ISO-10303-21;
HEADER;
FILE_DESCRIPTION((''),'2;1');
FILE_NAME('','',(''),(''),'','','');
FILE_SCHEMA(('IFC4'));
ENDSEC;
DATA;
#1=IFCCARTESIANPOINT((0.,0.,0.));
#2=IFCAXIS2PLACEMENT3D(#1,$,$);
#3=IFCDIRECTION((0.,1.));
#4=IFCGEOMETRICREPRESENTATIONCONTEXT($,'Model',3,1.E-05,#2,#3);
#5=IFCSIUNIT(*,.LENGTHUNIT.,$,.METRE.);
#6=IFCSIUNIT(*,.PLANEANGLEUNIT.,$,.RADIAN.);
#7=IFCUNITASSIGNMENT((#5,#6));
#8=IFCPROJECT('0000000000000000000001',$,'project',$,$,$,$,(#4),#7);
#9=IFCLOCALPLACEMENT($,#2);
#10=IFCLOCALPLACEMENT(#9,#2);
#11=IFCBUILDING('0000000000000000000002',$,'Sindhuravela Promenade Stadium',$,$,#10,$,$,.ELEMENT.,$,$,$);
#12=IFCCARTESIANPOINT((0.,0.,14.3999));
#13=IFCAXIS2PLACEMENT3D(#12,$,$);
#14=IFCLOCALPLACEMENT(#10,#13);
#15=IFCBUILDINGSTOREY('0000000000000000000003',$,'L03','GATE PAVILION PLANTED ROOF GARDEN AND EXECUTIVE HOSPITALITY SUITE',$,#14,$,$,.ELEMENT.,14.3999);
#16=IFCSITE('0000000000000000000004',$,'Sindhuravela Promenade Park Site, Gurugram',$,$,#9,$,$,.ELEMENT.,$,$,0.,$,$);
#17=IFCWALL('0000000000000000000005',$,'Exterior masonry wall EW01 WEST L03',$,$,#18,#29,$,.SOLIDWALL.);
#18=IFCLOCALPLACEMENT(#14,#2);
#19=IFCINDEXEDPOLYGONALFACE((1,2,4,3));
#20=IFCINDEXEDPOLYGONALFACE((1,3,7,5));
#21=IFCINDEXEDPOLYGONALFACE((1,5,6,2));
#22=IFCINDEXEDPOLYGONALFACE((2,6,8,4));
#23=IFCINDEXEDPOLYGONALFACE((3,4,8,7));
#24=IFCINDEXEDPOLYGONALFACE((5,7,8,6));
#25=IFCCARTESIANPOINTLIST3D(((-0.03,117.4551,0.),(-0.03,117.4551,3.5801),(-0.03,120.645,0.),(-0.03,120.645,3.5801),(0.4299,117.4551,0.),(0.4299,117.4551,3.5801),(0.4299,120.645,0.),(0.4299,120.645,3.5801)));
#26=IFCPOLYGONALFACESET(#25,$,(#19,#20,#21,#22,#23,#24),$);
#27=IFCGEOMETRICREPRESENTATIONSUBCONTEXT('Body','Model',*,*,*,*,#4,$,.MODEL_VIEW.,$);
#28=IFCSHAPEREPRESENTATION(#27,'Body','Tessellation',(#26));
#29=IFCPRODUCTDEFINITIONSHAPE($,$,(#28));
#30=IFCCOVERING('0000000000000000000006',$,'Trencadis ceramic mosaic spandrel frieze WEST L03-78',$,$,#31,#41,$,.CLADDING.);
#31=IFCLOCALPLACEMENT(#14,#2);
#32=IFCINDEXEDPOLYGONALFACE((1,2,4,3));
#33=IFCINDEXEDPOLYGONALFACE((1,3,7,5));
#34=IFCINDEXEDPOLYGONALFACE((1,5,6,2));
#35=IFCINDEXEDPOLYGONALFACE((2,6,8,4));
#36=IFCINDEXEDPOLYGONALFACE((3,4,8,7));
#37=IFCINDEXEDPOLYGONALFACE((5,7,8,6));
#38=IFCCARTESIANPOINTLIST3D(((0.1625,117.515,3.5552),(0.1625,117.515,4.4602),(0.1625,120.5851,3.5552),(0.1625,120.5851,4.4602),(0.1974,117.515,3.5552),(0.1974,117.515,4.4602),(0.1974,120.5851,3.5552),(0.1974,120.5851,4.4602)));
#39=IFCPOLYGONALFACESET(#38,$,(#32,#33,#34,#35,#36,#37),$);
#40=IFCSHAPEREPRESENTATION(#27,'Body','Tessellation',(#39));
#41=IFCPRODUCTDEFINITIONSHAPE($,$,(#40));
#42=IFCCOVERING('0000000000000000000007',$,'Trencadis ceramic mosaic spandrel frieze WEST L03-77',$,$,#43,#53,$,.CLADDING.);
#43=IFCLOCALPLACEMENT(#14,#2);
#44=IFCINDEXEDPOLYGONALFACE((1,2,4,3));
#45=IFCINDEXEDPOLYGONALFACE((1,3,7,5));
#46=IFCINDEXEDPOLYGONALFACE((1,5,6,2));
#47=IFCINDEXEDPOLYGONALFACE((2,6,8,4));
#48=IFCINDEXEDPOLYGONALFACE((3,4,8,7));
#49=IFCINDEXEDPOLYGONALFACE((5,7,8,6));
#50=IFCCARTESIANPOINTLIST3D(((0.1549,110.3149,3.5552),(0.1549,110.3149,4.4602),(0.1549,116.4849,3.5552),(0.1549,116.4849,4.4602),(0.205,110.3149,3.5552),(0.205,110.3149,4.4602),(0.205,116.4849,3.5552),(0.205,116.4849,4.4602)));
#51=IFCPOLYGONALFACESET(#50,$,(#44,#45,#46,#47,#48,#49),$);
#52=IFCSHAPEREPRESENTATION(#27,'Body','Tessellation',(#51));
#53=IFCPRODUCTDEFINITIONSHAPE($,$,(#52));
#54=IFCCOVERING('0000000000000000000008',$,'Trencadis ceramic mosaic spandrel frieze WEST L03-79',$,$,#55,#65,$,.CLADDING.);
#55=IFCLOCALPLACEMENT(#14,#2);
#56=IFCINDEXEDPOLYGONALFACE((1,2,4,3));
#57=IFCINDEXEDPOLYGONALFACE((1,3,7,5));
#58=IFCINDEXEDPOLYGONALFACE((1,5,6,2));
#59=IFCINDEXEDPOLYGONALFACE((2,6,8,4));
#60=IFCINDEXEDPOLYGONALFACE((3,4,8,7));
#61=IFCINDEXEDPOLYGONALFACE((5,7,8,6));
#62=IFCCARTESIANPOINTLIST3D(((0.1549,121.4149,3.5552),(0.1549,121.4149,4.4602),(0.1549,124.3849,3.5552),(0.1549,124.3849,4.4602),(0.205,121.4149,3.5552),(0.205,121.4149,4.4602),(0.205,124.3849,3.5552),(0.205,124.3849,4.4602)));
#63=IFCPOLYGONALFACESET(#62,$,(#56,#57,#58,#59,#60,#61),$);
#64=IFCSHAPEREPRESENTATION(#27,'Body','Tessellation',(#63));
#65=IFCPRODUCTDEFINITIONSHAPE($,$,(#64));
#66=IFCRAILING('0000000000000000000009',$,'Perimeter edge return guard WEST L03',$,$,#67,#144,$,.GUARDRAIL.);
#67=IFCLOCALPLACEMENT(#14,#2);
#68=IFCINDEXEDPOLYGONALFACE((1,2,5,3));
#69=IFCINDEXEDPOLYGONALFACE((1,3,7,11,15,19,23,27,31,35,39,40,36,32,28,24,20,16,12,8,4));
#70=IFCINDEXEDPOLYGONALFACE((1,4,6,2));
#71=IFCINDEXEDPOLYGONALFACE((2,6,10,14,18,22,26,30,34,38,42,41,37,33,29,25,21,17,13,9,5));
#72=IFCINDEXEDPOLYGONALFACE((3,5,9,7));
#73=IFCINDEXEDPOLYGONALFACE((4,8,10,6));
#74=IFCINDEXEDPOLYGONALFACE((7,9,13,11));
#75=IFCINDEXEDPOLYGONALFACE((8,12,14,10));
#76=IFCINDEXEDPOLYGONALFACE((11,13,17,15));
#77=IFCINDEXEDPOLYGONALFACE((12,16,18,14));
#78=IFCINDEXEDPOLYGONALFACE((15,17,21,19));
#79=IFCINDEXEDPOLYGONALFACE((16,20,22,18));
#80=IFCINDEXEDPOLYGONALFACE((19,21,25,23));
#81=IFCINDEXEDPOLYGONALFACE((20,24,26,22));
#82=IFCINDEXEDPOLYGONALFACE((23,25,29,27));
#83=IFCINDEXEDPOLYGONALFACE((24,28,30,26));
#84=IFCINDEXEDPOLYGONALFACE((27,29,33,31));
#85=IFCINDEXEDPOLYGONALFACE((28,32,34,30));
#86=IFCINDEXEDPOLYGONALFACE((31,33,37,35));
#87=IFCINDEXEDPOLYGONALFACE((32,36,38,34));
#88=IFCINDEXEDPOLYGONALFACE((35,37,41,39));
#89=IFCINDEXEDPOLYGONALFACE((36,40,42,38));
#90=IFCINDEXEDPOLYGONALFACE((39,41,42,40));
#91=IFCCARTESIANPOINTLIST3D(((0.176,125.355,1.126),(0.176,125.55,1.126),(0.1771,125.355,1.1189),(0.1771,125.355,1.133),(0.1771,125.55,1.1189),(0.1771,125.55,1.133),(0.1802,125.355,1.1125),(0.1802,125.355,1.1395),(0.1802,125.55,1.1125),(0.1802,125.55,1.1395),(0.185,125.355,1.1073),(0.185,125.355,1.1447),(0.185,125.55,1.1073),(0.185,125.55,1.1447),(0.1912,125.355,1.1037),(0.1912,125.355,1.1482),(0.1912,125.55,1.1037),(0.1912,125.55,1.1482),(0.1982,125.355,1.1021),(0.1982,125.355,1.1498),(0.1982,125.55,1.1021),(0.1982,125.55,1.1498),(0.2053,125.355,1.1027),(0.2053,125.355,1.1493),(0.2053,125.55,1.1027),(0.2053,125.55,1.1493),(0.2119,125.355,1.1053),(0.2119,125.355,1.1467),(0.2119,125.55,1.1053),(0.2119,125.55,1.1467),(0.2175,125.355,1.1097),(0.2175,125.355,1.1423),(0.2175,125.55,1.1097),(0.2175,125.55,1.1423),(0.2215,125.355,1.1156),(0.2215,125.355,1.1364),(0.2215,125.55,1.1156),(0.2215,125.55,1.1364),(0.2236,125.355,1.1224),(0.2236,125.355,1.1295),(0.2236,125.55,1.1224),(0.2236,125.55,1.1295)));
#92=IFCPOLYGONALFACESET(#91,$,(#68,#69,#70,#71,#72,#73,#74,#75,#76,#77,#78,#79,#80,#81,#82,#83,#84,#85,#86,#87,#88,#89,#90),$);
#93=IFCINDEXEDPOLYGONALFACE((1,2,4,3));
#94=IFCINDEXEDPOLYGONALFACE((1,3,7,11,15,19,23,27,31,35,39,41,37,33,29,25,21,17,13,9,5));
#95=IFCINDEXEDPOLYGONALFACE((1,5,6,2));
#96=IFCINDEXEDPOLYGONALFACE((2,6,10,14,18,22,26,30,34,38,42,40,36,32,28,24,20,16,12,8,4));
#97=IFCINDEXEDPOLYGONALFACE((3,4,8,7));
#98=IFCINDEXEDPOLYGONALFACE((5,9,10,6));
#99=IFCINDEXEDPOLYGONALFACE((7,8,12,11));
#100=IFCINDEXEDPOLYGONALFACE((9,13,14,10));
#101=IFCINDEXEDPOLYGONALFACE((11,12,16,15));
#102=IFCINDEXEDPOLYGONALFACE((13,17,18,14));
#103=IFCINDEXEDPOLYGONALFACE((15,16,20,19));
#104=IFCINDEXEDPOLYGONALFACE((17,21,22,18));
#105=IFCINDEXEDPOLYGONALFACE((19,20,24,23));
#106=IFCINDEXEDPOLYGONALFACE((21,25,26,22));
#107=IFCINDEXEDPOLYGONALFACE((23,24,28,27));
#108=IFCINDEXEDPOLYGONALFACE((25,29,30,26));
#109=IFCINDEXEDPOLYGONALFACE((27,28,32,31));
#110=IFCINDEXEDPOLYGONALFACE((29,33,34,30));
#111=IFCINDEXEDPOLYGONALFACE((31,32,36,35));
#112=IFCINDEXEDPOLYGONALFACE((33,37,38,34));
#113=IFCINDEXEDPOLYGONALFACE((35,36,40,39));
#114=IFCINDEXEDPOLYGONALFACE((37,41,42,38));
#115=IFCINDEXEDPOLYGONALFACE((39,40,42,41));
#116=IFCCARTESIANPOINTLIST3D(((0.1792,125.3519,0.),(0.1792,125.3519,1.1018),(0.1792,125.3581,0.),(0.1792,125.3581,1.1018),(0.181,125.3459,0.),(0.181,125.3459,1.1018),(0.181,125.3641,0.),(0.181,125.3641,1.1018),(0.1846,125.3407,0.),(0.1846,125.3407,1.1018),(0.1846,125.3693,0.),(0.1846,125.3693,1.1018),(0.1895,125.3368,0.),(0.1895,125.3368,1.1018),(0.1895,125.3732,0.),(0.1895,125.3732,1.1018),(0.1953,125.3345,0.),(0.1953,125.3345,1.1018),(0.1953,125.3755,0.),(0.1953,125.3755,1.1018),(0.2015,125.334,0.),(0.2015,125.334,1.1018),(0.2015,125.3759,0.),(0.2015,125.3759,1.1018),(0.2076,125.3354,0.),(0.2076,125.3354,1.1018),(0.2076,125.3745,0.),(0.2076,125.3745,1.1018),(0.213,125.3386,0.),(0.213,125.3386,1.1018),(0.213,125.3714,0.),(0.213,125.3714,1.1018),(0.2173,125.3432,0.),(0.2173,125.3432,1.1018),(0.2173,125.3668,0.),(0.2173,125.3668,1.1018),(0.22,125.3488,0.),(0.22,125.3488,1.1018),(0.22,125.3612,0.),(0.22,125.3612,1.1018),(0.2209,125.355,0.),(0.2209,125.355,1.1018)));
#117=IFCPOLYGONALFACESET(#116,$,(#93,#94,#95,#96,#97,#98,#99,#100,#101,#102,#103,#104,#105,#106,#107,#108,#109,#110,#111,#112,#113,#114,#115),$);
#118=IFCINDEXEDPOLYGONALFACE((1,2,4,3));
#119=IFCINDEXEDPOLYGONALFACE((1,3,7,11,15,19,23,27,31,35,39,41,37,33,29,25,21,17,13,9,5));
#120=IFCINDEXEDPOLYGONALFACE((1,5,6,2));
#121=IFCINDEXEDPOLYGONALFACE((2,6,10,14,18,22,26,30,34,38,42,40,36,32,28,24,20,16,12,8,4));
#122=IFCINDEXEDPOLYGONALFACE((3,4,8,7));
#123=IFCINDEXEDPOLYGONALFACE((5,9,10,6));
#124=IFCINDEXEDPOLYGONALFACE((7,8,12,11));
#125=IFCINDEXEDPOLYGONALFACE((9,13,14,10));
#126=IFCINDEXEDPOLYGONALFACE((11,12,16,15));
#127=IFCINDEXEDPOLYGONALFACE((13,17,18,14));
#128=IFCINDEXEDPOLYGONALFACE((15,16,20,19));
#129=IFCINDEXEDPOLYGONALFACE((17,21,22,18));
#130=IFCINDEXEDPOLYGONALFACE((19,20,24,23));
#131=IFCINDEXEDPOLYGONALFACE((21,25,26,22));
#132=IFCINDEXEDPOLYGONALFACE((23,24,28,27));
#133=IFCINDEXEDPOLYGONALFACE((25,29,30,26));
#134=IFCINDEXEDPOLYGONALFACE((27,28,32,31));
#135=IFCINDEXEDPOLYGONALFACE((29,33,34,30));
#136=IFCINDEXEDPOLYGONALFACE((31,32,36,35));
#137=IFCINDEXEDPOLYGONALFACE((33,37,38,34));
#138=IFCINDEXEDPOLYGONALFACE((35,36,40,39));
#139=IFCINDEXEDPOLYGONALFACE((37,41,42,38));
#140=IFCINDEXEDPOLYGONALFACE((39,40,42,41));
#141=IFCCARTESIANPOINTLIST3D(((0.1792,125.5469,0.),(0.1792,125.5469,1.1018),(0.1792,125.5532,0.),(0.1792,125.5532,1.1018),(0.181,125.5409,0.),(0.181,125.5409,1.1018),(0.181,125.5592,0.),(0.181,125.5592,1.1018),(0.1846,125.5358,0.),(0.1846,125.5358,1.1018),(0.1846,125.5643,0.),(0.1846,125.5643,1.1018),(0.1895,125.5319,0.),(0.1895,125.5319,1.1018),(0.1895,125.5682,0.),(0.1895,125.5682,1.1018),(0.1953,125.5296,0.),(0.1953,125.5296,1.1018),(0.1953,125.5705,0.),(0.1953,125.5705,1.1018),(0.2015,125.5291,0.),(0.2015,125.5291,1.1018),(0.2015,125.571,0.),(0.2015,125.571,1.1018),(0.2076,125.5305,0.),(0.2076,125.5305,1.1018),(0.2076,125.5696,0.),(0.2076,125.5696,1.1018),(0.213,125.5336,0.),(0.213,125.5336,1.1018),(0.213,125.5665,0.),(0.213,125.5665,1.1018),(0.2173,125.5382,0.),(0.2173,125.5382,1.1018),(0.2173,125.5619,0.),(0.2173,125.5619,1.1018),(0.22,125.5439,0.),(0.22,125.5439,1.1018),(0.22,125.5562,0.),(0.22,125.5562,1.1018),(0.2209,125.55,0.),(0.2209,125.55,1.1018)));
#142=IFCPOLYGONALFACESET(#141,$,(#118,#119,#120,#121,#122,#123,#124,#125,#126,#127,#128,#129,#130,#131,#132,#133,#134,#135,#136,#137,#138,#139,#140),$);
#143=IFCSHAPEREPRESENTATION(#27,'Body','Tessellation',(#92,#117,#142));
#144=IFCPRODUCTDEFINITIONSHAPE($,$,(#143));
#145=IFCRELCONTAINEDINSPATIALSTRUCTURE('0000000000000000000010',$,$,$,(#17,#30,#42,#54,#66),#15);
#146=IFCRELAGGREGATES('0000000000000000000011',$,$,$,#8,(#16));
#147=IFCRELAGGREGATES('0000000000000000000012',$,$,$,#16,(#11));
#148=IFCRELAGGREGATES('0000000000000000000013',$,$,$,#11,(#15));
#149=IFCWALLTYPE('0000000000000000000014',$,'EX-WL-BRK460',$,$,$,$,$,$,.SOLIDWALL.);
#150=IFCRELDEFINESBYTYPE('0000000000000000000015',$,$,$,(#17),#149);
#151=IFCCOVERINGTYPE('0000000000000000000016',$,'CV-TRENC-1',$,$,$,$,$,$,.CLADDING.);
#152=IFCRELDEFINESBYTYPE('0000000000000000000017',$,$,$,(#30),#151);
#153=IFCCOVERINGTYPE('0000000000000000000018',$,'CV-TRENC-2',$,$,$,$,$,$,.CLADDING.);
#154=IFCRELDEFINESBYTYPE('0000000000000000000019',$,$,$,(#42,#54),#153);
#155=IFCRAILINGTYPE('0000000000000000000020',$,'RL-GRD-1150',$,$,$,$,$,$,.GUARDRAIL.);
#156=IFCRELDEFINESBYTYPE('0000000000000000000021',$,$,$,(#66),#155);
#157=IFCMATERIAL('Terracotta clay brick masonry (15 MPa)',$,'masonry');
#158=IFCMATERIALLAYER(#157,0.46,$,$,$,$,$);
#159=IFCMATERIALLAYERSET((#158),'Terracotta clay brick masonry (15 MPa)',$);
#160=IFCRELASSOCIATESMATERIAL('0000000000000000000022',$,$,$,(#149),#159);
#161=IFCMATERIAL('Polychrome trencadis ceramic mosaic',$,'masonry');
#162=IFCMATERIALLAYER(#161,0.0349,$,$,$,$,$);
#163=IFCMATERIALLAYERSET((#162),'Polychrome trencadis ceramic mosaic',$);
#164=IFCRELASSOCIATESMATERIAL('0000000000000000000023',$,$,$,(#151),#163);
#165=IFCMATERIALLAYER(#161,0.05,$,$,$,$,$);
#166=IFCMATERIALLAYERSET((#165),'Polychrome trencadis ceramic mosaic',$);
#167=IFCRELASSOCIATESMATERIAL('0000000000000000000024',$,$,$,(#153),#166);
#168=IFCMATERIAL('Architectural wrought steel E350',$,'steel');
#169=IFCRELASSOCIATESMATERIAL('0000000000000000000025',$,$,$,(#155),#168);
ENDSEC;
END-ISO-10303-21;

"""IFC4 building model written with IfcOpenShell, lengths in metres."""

from ifc_helpers import new_model, si_unit, direction, frame, frame_2d, origin, origin_2d, place, context, subcontext, project, spatial, rectangle, circle, extrude, material, layer, layer_set, type_object, element, save


model = new_model("IFC4")

# Units and contexts
model_context = context("Model", 3, precision=1e-05, world=origin(), true_north=direction((0.0, 1.0)))
body_context = subcontext(model_context, "Body", "Model", "MODEL_VIEW")
ifc_project = project(units=[si_unit("LENGTHUNIT", "METRE"), si_unit("PLANEANGLEUNIT", "RADIAN")], contexts=[model_context])

# Site, building, storey
site_placement = place(None, origin())
site = spatial("IfcSite", under=ifc_project, at=site_placement, Name="Sindhuravela Promenade Park Site, Gurugram", CompositionType="ELEMENT", RefElevation=0.0)
building_placement = place(site_placement, origin())
building = spatial("IfcBuilding", under=site, at=building_placement, Name="Sindhuravela Promenade Stadium", CompositionType="ELEMENT")
storey_placement = place(building_placement, frame((0.0, 0.0, 14.3999)))
storey = spatial("IfcBuildingStorey", under=building, at=storey_placement, Name="L03", Description="GATE PAVILION PLANTED ROOF GARDEN AND EXECUTIVE HOSPITALITY SUITE", CompositionType="ELEMENT", Elevation=14.3999)

# Wall
ifc_material_1 = material(Name="Terracotta clay brick masonry (15 MPa)", Category="masonry")
ifc_layer_1 = layer(ifc_material_1, 0.46)
ifc_layer_set_1 = layer_set([ifc_layer_1], Name="Terracotta clay brick masonry (15 MPa)")
wall_type_1 = type_object("IfcWallType", Name="EX-WL-BRK460", PredefinedType="SOLIDWALL", material=ifc_layer_set_1)
wall_1_placement = place(storey_placement, frame((0.2, 117.4551, 0.0), z_axis=(0.0, 0.0, 1.0), x_axis=(0.0, 1.0, 0.0)))
element("IfcWall", 1, at=wall_1_placement, inside=storey, type_object=wall_type_1, Name="Exterior masonry wall EW01 WEST L03", PredefinedType="SOLIDWALL", context=body_context, shape_type="SweptSolid", body=[
    extrude(rectangle(XDim=3.1899, YDim=0.46, at=frame_2d((1.595, 0.0))), origin(), (0.0, 0.0, 1.0), 3.5801),
])

# Coverings
ifc_material_2 = material(Name="Polychrome trencadis ceramic mosaic", Category="masonry")
ifc_layer_2 = layer(ifc_material_2, 0.0349)
ifc_layer_set_2 = layer_set([ifc_layer_2], Name="Polychrome trencadis ceramic mosaic")
covering_type_1 = type_object("IfcCoveringType", Name="CV-TRENC-1", PredefinedType="CLADDING", material=ifc_layer_set_2)
covering_1_placement = place(storey_placement, frame((0.1799, 119.05, 3.5552), z_axis=(0.0, 0.0, 1.0), x_axis=(0.0, 1.0, 0.0)))
element("IfcCovering", 2, at=covering_1_placement, inside=storey, type_object=covering_type_1, Name="Trencadis ceramic mosaic spandrel frieze WEST L03-78", PredefinedType="CLADDING", context=body_context, shape_type="SweptSolid", body=[
    extrude(rectangle(XDim=3.0701, YDim=0.0349, at=origin_2d()), origin(), (0.0, 0.0, 1.0), 0.905),
])
ifc_layer_3 = layer(ifc_material_2, 0.05)
ifc_layer_set_3 = layer_set([ifc_layer_3], Name="Polychrome trencadis ceramic mosaic")
covering_type_2 = type_object("IfcCoveringType", Name="CV-TRENC-2", PredefinedType="CLADDING", material=ifc_layer_set_3)
covering_2_placement = place(storey_placement, frame((0.1799, 113.3999, 3.5552), z_axis=(0.0, 0.0, 1.0), x_axis=(0.0, 1.0, 0.0)))
element("IfcCovering", 3, at=covering_2_placement, inside=storey, type_object=covering_type_2, Name="Trencadis ceramic mosaic spandrel frieze WEST L03-77", PredefinedType="CLADDING", context=body_context, shape_type="SweptSolid", body=[
    extrude(rectangle(XDim=6.1699, YDim=0.05, at=origin_2d()), origin(), (0.0, 0.0, 1.0), 0.905),
])
covering_3_placement = place(storey_placement, frame((0.1799, 122.8999, 3.5552), z_axis=(0.0, 0.0, 1.0), x_axis=(0.0, 1.0, 0.0)))
element("IfcCovering", 4, at=covering_3_placement, inside=storey, type_object=covering_type_2, Name="Trencadis ceramic mosaic spandrel frieze WEST L03-79", PredefinedType="CLADDING", context=body_context, shape_type="SweptSolid", body=[
    extrude(rectangle(XDim=2.97, YDim=0.05, at=origin_2d()), origin(), (0.0, 0.0, 1.0), 0.905),
])

# Railing
ifc_material_3 = material(Name="Architectural wrought steel E350", Category="steel")
railing_type = type_object("IfcRailingType", Name="RL-GRD-1150", PredefinedType="GUARDRAIL", material=ifc_material_3)
railing_placement = place(storey_placement, frame((0.2, 125.355, 0.0)))
element("IfcRailing", 5, at=railing_placement, inside=storey, type_object=railing_type, Name="Perimeter edge return guard WEST L03", PredefinedType="GUARDRAIL", context=body_context, shape_type="SweptSolid", body=[
    extrude(circle(Radius=0.0239, at=origin_2d()), frame((0.0, 0.0, 1.126), z_axis=(0.0, 1.0, 0.0), x_axis=(-1.0, 0.0, 0.0)), (0.0, 0.0, 1.0), 0.1951),
    extrude(circle(Radius=0.021, at=origin_2d()), origin(), (0.0, 0.0, 1.0), 1.1018),
    extrude(circle(Radius=0.021, at=origin_2d()), frame((0.0, 0.1951, 0.0)), (0.0, 0.0, 1.0), 1.1018),
])

save(model, "model.ifc")
